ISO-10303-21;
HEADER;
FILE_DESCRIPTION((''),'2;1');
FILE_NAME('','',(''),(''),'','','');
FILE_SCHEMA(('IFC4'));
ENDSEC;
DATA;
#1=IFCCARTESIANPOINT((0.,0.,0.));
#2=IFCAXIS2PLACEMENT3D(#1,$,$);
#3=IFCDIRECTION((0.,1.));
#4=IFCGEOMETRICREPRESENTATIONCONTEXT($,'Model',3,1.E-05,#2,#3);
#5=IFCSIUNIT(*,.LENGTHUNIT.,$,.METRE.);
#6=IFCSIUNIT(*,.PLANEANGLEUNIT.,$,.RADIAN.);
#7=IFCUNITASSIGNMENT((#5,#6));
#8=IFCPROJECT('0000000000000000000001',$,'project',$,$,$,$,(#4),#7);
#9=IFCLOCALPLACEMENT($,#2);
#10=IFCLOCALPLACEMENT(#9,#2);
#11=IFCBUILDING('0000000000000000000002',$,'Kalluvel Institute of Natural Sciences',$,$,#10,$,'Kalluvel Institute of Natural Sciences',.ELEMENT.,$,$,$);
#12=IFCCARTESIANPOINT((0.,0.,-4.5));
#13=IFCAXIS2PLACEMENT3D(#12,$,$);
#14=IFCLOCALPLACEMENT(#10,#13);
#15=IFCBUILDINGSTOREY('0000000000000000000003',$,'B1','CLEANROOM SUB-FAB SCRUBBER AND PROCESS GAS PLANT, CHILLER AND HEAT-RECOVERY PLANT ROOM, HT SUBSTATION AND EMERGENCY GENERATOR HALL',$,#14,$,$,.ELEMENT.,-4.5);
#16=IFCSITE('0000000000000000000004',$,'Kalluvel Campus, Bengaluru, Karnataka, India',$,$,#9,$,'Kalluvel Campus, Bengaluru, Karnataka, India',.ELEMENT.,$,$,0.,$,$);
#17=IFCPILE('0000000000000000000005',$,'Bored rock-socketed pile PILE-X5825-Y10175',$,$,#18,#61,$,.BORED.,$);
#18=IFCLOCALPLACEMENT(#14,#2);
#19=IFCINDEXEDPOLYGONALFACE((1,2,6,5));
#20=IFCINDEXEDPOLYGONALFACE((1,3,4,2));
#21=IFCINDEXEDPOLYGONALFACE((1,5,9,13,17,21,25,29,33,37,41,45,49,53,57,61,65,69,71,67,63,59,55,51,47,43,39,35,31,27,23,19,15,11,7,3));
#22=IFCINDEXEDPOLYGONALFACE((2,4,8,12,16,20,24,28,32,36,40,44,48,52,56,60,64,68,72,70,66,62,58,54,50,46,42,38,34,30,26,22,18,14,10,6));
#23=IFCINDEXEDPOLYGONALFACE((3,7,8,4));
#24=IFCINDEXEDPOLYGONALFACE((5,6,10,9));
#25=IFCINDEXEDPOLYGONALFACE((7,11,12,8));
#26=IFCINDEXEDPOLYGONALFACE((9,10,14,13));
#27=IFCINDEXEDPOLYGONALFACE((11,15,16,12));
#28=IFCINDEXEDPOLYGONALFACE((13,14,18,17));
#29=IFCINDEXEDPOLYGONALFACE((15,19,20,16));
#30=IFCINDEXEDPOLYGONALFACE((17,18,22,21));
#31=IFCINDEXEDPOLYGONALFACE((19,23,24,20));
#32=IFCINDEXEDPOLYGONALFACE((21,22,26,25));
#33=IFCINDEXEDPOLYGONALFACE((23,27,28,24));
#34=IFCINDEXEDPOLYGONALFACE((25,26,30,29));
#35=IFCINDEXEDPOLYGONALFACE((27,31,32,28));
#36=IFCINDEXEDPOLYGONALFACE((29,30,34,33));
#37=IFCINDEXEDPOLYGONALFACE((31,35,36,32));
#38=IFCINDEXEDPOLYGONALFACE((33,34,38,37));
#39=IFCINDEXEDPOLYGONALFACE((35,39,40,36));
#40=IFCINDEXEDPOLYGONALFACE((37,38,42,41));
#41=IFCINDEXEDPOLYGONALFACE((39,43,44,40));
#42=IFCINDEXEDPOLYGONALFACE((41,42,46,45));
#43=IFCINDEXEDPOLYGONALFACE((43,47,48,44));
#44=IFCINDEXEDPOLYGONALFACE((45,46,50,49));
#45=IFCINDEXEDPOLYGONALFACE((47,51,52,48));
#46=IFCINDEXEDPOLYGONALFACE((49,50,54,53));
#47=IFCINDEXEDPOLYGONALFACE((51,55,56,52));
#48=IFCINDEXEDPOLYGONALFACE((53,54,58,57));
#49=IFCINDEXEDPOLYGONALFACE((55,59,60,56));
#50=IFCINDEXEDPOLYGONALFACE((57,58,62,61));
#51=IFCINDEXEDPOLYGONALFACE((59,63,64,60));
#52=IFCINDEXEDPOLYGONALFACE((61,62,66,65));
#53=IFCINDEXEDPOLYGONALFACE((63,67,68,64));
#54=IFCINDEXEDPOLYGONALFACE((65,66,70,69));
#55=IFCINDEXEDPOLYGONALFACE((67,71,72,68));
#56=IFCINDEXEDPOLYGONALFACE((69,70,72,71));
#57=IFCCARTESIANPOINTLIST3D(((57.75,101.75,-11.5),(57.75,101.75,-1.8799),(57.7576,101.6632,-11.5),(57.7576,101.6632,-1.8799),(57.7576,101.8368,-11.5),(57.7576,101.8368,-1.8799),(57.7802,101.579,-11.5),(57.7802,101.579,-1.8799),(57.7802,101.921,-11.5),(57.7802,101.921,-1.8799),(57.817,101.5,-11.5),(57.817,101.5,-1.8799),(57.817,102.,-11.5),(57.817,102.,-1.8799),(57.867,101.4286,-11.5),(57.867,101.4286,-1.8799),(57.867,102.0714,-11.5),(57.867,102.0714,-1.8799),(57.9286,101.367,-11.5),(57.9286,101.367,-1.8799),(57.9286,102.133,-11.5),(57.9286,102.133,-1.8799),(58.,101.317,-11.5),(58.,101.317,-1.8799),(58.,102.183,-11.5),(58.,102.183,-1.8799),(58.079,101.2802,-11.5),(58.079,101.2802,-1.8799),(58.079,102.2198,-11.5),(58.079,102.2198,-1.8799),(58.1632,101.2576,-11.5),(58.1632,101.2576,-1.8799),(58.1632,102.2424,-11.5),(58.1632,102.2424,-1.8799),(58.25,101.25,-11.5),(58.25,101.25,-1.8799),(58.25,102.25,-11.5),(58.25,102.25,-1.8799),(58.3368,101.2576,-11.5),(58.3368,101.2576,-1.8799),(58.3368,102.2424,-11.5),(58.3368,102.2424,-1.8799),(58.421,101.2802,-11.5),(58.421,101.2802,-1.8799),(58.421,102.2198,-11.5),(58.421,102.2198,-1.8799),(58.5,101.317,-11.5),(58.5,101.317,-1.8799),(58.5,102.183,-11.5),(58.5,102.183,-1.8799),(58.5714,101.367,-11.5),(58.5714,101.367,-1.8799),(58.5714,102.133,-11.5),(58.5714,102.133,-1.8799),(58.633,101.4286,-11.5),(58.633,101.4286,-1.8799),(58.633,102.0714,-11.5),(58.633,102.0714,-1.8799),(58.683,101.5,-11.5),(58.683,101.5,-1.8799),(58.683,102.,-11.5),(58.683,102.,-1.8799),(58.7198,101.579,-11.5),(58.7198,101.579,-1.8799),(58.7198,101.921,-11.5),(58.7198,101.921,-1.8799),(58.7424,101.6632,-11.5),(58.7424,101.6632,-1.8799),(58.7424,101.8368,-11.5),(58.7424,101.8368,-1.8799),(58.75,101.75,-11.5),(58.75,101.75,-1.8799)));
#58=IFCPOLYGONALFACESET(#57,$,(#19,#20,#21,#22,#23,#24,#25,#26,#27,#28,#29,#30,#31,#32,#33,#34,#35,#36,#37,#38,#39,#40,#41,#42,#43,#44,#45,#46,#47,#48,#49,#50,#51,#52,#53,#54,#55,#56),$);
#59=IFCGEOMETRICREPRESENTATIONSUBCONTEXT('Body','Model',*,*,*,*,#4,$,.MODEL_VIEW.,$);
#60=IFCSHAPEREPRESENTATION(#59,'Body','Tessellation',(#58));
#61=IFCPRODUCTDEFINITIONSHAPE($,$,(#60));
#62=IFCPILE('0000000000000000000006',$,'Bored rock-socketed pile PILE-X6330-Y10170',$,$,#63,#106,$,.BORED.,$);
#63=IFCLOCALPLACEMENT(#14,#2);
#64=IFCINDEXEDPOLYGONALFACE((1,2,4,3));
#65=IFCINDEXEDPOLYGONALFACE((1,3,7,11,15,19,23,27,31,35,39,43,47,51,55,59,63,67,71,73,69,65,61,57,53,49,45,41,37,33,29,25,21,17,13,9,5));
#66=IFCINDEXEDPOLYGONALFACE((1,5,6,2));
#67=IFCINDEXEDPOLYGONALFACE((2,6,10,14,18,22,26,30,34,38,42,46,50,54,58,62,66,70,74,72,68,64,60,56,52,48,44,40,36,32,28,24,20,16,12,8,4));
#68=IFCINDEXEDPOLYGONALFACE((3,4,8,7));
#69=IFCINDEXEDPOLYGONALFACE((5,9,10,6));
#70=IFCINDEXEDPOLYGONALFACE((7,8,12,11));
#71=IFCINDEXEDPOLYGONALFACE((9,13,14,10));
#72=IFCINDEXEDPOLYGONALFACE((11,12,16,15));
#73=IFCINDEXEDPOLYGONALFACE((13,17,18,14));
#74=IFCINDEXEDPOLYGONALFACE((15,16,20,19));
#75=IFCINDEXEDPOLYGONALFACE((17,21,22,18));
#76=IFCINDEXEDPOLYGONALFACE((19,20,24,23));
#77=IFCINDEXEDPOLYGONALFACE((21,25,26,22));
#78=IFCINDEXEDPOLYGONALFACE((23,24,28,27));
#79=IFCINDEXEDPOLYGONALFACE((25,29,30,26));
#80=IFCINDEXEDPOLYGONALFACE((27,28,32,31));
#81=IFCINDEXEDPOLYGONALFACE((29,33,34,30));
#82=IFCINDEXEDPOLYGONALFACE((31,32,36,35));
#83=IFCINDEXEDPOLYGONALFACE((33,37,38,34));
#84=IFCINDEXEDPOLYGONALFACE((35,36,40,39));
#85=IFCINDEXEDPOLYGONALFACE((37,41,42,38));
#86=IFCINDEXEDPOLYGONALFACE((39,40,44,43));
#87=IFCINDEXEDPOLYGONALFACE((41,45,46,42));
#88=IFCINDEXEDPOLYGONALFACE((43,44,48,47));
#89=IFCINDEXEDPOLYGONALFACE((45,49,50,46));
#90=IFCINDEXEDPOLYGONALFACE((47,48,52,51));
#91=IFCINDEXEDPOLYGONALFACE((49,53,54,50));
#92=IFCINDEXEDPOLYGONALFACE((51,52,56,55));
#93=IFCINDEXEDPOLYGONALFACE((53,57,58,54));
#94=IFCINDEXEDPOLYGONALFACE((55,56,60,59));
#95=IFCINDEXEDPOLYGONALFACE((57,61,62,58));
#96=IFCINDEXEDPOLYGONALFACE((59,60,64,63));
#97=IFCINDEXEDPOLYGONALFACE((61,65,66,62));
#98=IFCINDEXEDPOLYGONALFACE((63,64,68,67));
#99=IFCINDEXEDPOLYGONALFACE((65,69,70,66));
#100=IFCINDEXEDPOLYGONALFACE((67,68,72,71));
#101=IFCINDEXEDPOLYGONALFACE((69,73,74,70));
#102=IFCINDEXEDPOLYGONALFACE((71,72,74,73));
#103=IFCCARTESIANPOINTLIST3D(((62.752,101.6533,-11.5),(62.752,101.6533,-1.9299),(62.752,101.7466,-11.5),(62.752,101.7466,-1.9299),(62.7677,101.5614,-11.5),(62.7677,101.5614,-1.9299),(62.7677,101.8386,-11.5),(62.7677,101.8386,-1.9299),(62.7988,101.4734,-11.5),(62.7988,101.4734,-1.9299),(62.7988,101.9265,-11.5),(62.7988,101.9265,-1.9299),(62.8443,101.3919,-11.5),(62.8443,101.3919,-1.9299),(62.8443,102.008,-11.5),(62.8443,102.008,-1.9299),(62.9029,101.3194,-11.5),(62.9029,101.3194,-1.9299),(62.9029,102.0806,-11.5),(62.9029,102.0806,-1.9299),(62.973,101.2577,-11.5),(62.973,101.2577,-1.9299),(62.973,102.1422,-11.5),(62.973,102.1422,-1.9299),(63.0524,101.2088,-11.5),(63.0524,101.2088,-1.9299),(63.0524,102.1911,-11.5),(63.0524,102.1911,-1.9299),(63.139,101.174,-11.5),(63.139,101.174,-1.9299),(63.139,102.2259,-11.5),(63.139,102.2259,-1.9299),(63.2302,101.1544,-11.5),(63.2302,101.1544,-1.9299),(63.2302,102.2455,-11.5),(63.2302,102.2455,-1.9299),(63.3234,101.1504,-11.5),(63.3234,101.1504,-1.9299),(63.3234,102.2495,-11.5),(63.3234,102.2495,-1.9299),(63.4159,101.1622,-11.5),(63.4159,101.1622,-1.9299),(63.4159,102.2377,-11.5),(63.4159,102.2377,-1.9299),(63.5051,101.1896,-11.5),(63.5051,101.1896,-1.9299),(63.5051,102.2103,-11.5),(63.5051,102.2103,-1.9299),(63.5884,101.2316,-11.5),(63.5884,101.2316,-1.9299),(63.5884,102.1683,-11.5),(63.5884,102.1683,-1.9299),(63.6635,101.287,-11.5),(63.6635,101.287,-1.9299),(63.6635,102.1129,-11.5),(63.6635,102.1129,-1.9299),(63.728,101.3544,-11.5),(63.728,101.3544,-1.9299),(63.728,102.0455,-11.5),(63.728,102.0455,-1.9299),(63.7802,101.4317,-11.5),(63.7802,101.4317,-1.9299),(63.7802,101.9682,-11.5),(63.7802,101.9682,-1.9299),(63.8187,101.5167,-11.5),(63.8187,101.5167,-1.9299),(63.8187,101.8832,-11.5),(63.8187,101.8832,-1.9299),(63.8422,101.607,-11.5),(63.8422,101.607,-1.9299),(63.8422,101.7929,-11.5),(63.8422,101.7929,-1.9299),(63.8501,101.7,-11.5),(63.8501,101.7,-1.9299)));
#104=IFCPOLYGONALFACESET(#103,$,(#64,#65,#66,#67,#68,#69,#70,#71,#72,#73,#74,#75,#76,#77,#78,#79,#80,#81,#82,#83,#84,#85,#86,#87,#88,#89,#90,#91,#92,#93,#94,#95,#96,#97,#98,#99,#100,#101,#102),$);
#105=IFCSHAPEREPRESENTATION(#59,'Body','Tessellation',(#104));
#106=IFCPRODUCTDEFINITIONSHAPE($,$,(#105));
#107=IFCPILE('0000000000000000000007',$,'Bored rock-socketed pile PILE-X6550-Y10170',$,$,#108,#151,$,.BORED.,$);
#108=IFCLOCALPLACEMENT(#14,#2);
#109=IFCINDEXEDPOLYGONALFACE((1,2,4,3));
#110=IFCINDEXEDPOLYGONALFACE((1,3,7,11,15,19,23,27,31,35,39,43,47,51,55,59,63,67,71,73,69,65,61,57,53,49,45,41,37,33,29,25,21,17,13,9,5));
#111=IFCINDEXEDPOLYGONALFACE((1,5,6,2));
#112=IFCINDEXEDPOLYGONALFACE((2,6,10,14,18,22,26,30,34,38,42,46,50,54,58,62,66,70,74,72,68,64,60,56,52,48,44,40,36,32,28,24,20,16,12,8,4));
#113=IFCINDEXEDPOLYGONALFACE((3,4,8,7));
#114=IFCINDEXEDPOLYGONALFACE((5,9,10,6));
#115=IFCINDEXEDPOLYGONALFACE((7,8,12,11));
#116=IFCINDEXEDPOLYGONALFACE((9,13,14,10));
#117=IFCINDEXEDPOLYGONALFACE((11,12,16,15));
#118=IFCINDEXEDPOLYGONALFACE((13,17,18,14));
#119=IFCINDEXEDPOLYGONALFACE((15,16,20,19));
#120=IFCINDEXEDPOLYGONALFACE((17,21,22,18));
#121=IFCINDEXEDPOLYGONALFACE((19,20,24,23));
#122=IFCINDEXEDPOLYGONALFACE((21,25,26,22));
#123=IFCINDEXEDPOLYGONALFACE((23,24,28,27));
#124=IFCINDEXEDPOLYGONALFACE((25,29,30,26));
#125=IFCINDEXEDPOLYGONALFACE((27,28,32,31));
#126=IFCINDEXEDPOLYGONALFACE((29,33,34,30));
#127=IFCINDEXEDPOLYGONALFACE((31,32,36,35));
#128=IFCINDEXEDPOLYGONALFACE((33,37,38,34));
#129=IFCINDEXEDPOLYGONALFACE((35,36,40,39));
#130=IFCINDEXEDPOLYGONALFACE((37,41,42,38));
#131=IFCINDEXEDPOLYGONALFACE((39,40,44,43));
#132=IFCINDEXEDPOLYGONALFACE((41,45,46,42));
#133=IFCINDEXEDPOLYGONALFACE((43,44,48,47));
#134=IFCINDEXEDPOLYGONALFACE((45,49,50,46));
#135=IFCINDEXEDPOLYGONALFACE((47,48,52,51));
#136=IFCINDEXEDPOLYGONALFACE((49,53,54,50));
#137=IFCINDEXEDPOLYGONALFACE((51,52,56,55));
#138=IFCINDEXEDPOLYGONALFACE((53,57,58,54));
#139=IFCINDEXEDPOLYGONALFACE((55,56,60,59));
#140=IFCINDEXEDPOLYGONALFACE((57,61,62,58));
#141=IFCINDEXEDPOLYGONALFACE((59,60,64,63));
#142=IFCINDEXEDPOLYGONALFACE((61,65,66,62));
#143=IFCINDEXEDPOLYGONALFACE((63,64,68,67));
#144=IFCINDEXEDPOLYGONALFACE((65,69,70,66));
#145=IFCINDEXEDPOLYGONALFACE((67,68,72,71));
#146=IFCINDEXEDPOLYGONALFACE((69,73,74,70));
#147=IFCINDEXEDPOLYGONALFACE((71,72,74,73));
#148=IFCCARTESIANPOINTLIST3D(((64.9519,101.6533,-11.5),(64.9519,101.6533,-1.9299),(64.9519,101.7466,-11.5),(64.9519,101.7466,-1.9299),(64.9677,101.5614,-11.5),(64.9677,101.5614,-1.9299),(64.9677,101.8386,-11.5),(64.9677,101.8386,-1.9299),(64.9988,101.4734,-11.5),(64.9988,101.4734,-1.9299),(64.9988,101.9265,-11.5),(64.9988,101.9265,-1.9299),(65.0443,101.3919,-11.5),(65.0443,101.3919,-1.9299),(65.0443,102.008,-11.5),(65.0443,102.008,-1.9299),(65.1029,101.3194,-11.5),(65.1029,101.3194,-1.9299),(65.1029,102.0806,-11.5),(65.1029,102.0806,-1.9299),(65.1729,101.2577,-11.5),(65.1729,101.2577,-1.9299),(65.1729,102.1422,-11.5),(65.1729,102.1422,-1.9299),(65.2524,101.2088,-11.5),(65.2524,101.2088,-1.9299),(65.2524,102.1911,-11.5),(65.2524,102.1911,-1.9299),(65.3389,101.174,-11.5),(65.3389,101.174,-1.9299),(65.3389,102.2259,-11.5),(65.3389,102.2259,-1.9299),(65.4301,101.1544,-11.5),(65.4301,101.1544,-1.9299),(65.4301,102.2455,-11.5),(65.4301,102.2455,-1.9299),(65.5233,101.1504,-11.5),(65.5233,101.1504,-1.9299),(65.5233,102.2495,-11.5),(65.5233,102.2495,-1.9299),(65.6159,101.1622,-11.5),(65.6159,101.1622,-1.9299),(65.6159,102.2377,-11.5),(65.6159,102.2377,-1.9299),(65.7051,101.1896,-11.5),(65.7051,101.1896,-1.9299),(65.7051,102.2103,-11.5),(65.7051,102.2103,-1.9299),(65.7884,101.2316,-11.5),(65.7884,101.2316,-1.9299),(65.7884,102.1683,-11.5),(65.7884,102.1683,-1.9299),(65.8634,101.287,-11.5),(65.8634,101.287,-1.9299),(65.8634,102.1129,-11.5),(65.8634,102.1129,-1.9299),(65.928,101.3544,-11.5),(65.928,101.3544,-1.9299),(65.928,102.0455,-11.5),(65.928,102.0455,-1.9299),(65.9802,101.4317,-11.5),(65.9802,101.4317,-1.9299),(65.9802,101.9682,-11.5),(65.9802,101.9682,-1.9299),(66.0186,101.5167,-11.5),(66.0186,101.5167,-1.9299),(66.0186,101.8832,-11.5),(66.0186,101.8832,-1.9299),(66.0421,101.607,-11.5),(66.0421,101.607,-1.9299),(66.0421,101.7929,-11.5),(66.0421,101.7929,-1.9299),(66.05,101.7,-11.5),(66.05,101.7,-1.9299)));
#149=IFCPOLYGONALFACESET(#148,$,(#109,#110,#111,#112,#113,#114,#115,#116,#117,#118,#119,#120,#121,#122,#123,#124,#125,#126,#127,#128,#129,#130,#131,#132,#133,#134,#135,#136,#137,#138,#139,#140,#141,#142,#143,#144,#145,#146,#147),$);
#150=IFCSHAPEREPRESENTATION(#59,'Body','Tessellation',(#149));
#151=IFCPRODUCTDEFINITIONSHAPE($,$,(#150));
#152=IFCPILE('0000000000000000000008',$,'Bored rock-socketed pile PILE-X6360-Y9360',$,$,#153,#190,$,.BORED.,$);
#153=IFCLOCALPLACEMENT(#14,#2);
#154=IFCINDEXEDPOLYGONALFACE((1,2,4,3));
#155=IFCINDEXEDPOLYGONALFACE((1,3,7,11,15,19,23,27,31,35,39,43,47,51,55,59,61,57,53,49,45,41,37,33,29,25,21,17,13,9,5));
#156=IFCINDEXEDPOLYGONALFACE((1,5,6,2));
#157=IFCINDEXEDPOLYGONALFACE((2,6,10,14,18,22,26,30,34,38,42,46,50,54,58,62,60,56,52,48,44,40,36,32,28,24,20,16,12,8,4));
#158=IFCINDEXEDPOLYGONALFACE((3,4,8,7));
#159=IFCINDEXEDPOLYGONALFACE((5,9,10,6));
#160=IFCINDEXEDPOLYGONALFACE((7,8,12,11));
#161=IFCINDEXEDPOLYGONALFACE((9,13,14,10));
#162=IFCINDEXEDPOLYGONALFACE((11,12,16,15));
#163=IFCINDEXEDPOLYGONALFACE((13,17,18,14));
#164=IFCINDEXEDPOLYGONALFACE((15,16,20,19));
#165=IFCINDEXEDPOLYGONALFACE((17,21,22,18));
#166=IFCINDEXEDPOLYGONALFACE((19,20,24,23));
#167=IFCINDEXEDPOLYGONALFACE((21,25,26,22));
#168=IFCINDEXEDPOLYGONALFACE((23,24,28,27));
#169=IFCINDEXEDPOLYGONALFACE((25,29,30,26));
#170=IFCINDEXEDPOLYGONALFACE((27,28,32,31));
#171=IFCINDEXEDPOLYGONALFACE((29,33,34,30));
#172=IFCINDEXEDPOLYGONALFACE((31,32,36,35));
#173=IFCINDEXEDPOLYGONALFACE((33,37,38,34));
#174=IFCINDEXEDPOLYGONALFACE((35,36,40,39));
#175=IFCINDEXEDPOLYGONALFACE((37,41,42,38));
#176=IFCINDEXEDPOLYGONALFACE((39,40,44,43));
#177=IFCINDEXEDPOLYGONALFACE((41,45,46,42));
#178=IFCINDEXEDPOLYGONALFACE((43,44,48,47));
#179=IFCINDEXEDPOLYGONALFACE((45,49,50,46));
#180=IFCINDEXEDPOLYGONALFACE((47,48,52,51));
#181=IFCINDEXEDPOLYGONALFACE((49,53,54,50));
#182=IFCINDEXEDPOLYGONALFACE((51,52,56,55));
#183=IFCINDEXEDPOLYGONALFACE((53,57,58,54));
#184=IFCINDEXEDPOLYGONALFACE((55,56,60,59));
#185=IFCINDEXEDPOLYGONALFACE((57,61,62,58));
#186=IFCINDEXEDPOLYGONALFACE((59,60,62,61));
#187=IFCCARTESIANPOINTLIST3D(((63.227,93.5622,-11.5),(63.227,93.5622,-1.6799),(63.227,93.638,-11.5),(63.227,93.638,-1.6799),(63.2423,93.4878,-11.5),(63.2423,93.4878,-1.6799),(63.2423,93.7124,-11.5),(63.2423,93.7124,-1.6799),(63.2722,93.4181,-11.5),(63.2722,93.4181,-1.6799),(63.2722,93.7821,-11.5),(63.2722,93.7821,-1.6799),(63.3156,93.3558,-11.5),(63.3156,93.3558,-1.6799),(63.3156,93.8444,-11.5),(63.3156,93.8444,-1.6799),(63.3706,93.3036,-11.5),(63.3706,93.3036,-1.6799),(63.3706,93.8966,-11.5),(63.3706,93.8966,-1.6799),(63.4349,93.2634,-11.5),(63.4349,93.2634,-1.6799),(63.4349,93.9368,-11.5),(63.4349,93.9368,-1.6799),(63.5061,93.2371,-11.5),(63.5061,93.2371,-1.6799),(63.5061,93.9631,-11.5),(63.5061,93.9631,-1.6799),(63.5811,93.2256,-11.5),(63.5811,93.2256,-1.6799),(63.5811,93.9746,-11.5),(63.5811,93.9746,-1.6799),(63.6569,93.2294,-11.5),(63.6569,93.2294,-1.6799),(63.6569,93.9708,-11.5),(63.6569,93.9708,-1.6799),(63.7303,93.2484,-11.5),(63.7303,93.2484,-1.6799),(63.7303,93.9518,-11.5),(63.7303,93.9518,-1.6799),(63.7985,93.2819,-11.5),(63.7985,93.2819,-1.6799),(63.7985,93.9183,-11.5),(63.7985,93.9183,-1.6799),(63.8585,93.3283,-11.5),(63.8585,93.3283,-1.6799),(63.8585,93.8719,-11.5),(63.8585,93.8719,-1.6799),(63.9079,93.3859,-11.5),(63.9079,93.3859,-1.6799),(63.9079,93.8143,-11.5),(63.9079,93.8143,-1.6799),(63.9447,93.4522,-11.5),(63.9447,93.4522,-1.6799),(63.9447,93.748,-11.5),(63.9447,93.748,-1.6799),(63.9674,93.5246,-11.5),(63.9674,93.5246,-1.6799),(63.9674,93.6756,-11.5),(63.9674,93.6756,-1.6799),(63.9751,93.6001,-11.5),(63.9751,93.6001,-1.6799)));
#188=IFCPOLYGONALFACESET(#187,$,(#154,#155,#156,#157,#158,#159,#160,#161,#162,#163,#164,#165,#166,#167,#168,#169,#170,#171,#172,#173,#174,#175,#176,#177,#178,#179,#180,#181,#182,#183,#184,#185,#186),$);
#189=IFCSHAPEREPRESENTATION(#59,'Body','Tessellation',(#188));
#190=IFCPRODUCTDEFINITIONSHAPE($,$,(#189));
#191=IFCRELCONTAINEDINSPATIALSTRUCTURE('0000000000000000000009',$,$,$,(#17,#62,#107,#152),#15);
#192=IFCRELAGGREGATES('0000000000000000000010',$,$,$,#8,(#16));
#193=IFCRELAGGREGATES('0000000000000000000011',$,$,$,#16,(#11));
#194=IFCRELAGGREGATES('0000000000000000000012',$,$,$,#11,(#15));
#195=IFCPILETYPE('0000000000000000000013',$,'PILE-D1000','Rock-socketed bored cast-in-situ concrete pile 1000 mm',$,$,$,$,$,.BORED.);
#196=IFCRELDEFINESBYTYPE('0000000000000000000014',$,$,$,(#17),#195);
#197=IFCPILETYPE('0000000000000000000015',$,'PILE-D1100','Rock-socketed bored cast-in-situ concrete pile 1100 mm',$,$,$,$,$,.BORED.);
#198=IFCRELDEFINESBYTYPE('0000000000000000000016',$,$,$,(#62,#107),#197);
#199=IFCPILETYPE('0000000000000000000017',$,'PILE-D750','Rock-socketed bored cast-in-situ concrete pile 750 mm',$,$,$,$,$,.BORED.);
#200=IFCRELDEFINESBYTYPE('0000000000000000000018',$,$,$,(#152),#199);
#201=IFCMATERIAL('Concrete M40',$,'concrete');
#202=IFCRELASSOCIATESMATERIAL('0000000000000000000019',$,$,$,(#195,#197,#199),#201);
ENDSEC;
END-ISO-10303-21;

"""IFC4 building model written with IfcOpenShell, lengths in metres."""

from ifc_helpers import new_model, si_unit, direction, frame, origin, origin_2d, place, context, subcontext, project, spatial, circle, extrude, material, material_profile, profile_set, type_object, element, save


model = new_model("IFC4")

# Units and contexts
model_context = context("Model", 3, precision=1e-05, world=origin(), true_north=direction((0.0, 1.0)))
body_context = subcontext(model_context, "Body", "Model", "MODEL_VIEW")
ifc_project = project(units=[si_unit("LENGTHUNIT", "METRE"), si_unit("PLANEANGLEUNIT", "RADIAN")], contexts=[model_context])

# Site, building, storey
site_placement = place(None, origin())
site = spatial("IfcSite", under=ifc_project, at=site_placement, Name="Kalluvel Campus, Bengaluru, Karnataka, India", LongName="Kalluvel Campus, Bengaluru, Karnataka, India", CompositionType="ELEMENT", RefElevation=0.0)
building_placement = place(site_placement, origin())
building = spatial("IfcBuilding", under=site, at=building_placement, Name="Kalluvel Institute of Natural Sciences", LongName="Kalluvel Institute of Natural Sciences", CompositionType="ELEMENT")
storey_placement = place(building_placement, frame((0.0, 0.0, -4.5)))
storey = spatial("IfcBuildingStorey", under=building, at=storey_placement, Name="B1", Description="CLEANROOM SUB-FAB SCRUBBER AND PROCESS GAS PLANT, CHILLER AND HEAT-RECOVERY PLANT ROOM, HT SUBSTATION AND EMERGENCY GENERATOR HALL", CompositionType="ELEMENT", Elevation=-4.5)

# Shared definitions
ifc_material_1 = material(Name="Concrete M40", Category="concrete")

# Piles
ifc_material_profile_1 = material_profile(ifc_material_1, circle(Radius=0.5, at=origin_2d()), Name="PILE D1000")
ifc_profile_set_1 = profile_set([ifc_material_profile_1], Name="Concrete M40")
pile_type_1 = type_object("IfcPileType", Name="PILE-D1000", Description="Rock-socketed bored cast-in-situ concrete pile 1000 mm", PredefinedType="BORED", material=ifc_profile_set_1)
pile_placement = place(storey_placement, frame((58.25, 101.75, -1.8799), z_axis=(0.0, 0.0, -1.0), x_axis=(1.0, 0.0, 0.0)))
element("IfcPile", 1, at=pile_placement, inside=storey, type_object=pile_type_1, Name="Bored rock-socketed pile PILE-X5825-Y10175", PredefinedType="BORED", context=body_context, shape_type="SweptSolid", body=[
    extrude(circle(Radius=0.5, at=origin_2d()), origin(), (0.0, 0.0, 1.0), 9.6201),
])
ifc_material_profile_2 = material_profile(ifc_material_1, circle(Radius=0.55, at=origin_2d()), Name="PILE D1100")
ifc_profile_set_2 = profile_set([ifc_material_profile_2], Name="Concrete M40")
pile_type_2 = type_object("IfcPileType", Name="PILE-D1100", Description="Rock-socketed bored cast-in-situ concrete pile 1100 mm", PredefinedType="BORED", material=ifc_profile_set_2)
for number, where, z_axis, x_axis, name in (
    (2, (63.3, 101.7, -1.9299), (0.0, 0.0, -1.0), (1.0, 0.0, 0.0), "Bored rock-socketed pile PILE-X6330-Y10170"),
    (3, (65.5, 101.7, -1.9299), (0.0, 0.0, -1.0), (1.0, 0.0, 0.0), "Bored rock-socketed pile PILE-X6550-Y10170"),
):
    element("IfcPile", number, at=place(storey_placement, frame(where, z_axis=z_axis, x_axis=x_axis)), inside=storey, type_object=pile_type_2, Name=name, PredefinedType="BORED", context=body_context, shape_type="SweptSolid", body=[
        extrude(circle(Radius=0.55, at=origin_2d()), origin(), (0.0, 0.0, 1.0), 9.5701),
    ])
ifc_material_profile_3 = material_profile(ifc_material_1, circle(Radius=0.375, at=origin_2d()), Name="PILE D750")
ifc_profile_set_3 = profile_set([ifc_material_profile_3], Name="Concrete M40")
pile_type_3 = type_object("IfcPileType", Name="PILE-D750", Description="Rock-socketed bored cast-in-situ concrete pile 750 mm", PredefinedType="BORED", material=ifc_profile_set_3)
for number, where, z_axis, x_axis, name in (
    (4, (63.6001, 93.6001, -1.6799), (0.0, 0.0, -1.0), (1.0, 0.0, 0.0), "Bored rock-socketed pile PILE-X6360-Y9360"),
):
    element("IfcPile", number, at=place(storey_placement, frame(where, z_axis=z_axis, x_axis=x_axis)), inside=storey, type_object=pile_type_3, Name=name, PredefinedType="BORED", context=body_context, shape_type="SweptSolid", body=[
        extrude(circle(Radius=0.375, at=origin_2d()), origin(), (0.0, 0.0, 1.0), 9.8201),
    ])

save(model, "model.ifc")
